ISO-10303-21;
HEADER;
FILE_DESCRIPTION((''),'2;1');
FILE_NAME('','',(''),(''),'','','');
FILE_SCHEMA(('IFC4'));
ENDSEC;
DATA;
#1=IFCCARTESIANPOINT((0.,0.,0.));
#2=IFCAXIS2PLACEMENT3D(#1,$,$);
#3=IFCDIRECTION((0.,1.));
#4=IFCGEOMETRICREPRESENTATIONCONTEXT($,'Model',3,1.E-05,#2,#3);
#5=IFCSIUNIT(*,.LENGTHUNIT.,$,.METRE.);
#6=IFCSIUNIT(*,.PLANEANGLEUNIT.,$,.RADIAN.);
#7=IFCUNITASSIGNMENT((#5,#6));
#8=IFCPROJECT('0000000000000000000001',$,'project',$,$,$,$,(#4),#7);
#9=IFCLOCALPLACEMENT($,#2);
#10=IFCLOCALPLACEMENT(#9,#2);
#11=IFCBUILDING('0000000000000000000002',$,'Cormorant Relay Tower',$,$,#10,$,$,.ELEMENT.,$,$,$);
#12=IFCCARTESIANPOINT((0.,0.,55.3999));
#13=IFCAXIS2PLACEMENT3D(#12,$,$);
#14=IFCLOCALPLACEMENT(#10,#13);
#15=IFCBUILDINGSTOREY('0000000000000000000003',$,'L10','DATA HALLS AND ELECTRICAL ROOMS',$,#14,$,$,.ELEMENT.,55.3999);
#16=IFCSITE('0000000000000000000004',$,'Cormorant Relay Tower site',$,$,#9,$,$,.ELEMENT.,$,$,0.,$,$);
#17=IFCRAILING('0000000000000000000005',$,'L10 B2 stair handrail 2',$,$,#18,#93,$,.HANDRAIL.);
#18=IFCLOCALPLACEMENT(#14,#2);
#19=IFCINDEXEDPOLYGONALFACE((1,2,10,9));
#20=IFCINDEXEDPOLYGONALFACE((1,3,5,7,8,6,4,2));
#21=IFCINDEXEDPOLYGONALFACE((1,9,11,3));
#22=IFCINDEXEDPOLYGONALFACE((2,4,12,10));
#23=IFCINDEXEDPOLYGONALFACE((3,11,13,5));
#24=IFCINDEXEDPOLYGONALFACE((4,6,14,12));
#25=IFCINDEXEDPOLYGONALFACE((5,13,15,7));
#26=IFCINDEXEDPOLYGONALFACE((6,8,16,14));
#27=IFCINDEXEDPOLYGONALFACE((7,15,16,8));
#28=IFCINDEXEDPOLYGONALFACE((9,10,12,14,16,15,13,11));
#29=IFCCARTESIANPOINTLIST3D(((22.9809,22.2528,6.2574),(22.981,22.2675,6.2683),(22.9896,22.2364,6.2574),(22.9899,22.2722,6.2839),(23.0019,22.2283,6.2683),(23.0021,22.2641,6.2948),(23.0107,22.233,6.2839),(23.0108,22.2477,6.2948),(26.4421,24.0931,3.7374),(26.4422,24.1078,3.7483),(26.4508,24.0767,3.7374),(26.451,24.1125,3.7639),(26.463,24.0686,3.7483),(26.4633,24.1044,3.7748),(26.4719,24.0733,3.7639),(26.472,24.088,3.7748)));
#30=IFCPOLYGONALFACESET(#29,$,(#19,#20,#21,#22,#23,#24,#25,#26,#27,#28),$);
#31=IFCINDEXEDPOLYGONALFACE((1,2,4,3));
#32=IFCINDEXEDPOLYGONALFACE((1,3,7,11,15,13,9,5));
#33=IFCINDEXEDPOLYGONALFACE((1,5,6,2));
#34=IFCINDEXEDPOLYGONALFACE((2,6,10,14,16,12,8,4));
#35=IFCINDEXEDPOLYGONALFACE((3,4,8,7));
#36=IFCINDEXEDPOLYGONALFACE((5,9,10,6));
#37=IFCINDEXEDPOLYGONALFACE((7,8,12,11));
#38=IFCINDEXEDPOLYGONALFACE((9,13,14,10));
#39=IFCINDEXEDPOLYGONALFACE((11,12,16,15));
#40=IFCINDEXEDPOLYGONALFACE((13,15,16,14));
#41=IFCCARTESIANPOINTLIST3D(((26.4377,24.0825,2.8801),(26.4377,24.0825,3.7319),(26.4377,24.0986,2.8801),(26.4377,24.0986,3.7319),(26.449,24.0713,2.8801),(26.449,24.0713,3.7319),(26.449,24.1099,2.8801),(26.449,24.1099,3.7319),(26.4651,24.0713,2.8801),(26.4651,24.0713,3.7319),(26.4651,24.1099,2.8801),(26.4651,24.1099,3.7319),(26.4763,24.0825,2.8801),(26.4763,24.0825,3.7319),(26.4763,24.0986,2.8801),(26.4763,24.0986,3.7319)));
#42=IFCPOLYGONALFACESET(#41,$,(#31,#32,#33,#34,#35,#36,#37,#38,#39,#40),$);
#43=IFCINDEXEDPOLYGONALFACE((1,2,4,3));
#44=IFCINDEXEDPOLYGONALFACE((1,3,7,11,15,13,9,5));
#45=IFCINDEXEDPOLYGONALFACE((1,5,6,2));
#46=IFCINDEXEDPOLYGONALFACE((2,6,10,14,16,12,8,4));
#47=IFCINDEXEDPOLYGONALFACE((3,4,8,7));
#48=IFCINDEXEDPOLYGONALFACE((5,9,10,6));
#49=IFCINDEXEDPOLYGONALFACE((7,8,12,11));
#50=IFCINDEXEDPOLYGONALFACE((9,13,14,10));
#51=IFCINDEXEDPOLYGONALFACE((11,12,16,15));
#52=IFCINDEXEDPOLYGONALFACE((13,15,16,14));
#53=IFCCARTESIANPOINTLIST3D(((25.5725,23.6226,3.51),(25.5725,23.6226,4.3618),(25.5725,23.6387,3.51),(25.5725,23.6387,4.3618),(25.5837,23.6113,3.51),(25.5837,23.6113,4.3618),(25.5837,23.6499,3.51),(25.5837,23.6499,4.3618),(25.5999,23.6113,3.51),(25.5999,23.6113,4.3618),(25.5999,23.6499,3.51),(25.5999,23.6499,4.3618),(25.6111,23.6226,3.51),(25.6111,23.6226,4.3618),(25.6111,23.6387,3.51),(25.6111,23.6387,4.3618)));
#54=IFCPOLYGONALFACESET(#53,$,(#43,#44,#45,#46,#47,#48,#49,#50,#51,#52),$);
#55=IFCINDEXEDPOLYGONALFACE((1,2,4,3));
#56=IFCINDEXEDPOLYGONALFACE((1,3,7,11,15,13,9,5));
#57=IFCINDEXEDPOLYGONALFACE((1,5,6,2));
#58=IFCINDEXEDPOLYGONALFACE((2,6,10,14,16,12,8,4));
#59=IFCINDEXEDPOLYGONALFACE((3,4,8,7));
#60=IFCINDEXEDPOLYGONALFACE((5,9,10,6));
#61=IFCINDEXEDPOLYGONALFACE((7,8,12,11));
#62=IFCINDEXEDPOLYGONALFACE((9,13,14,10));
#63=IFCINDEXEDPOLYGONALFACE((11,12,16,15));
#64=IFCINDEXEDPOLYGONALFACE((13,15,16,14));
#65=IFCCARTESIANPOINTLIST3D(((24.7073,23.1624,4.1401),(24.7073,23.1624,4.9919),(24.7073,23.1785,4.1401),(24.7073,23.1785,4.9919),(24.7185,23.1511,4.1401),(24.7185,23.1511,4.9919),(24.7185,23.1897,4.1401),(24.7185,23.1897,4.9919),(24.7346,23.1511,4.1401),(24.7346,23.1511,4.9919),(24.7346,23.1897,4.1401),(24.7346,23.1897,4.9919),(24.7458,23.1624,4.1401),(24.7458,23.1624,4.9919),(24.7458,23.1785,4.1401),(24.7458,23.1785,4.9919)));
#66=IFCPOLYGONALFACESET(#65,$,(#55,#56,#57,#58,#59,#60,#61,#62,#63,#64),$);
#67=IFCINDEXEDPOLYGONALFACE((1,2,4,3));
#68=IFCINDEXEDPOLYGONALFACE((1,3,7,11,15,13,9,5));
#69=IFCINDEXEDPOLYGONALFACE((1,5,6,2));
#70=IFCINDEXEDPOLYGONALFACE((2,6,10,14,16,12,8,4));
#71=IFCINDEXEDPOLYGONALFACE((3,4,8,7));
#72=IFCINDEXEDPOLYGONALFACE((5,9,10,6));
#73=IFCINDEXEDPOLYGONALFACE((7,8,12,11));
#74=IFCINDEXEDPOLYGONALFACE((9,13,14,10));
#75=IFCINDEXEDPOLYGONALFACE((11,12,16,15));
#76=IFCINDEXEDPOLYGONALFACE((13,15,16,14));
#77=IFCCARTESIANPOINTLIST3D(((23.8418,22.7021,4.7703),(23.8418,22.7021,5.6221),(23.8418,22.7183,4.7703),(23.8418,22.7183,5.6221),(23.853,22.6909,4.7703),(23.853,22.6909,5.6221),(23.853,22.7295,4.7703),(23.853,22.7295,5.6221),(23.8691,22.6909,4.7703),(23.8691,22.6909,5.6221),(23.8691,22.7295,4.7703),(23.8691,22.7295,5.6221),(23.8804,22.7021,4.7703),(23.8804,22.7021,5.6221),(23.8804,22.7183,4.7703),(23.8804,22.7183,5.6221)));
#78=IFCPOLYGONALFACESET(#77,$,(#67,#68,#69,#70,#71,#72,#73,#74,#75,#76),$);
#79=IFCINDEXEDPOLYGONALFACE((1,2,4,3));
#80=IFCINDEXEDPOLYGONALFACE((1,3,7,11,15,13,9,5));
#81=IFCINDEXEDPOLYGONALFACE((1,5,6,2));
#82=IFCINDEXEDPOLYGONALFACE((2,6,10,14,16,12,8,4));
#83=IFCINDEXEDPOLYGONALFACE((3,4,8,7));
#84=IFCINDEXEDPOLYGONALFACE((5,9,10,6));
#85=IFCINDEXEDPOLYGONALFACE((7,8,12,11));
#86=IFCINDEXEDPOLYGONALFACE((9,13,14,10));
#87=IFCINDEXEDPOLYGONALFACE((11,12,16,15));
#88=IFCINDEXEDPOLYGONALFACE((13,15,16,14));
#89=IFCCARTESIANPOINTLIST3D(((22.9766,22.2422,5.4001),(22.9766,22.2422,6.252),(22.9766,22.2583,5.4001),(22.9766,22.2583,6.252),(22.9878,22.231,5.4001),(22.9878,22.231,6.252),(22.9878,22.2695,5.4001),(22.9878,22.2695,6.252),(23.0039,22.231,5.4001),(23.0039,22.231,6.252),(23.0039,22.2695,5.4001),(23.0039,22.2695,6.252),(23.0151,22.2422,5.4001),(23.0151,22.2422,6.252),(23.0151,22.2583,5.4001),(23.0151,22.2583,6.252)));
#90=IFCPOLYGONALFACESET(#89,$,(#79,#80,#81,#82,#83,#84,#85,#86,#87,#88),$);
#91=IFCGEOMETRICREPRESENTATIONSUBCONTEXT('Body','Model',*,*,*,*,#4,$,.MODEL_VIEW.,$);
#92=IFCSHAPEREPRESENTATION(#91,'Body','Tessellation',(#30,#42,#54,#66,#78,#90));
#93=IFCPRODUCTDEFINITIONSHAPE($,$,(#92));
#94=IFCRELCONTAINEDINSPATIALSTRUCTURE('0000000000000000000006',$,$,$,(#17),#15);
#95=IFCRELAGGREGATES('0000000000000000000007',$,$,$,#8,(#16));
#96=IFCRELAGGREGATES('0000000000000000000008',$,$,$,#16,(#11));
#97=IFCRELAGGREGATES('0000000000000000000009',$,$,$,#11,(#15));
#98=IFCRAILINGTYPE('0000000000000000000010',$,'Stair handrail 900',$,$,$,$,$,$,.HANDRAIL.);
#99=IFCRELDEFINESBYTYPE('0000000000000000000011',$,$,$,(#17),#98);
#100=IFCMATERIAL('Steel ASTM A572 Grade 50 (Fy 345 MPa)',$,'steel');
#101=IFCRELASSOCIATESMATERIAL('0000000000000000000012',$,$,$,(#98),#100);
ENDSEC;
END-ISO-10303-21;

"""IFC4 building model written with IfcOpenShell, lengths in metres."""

from ifc_helpers import new_model, si_unit, direction, frame, origin, place, context, subcontext, project, spatial, polyline, outline, extrude, material, type_object, element, save


model = new_model("IFC4")

# Units and contexts
model_context = context("Model", 3, precision=1e-05, world=origin(), true_north=direction((0.0, 1.0)))
body_context = subcontext(model_context, "Body", "Model", "MODEL_VIEW")
ifc_project = project(units=[si_unit("LENGTHUNIT", "METRE"), si_unit("PLANEANGLEUNIT", "RADIAN")], contexts=[model_context])

# Site, building, storey
site_placement = place(None, origin())
site = spatial("IfcSite", under=ifc_project, at=site_placement, Name="Cormorant Relay Tower site", CompositionType="ELEMENT", RefElevation=0.0)
building_placement = place(site_placement, origin())
building = spatial("IfcBuilding", under=site, at=building_placement, Name="Cormorant Relay Tower", CompositionType="ELEMENT")
storey_placement = place(building_placement, frame((0.0, 0.0, 55.3999)))
storey = spatial("IfcBuildingStorey", under=building, at=storey_placement, Name="L10", Description="DATA HALLS AND ELECTRICAL ROOMS", CompositionType="ELEMENT", Elevation=55.3999)

# Railing
ifc_material_1 = material(Name="Steel ASTM A572 Grade 50 (Fy 345 MPa)", Category="steel")
railing_type_1 = type_object("IfcRailingType", Name="Stair handrail 900", PredefinedType="HANDRAIL", material=ifc_material_1)
railing_1_placement = place(storey_placement, frame((26.457, 24.0906, 2.8801)))
element("IfcRailing", 1, at=railing_1_placement, inside=storey, type_object=railing_type_1, Name="L10 B2 stair handrail 2", PredefinedType="HANDRAIL", context=body_context, shape_type="SweptSolid", body=[
    extrude(outline(polyline([(0.0222, 0.0093), (0.0093, 0.0222), (-0.0093, 0.0222), (-0.0222, 0.0093), (-0.0222, -0.0093), (-0.0093, -0.0222), (0.0093, -0.0222), (0.0222, -0.0093), (0.0222, 0.0093)])), frame((0.0, 0.0, 0.876), z_axis=(-0.742717, -0.394907, 0.540758), x_axis=(0.469469, -0.882949, 0.0)), (0.0, 0.0, 1.0), 4.6602),
    extrude(outline(polyline([(0.0193, 0.0081), (0.0081, 0.0193), (-0.0081, 0.0193), (-0.0193, 0.0081), (-0.0193, -0.0081), (-0.0081, -0.0193), (0.0081, -0.0193), (0.0193, -0.0081), (0.0193, 0.0081)])), origin(), (0.0, 0.0, 1.0), 0.8518),
    extrude(outline(polyline([(0.0193, 0.0081), (0.0081, 0.0193), (-0.0081, 0.0193), (-0.0193, 0.0081), (-0.0193, -0.0081), (-0.0081, -0.0193), (0.0081, -0.0193), (0.0193, -0.0081), (0.0193, 0.0081)])), frame((-0.8652, -0.46, 0.6299)), (0.0, 0.0, 1.0), 0.8518),
    extrude(outline(polyline([(0.0193, 0.0081), (0.0081, 0.0193), (-0.0081, 0.0193), (-0.0193, 0.0081), (-0.0193, -0.0081), (-0.0081, -0.0193), (0.0081, -0.0193), (0.0193, -0.0081), (0.0193, 0.0081)])), frame((-1.7305, -0.9202, 1.26)), (0.0, 0.0, 1.0), 0.8518),
    extrude(outline(polyline([(0.0193, 0.0081), (0.0081, 0.0193), (-0.0081, 0.0193), (-0.0193, 0.0081), (-0.0193, -0.0081), (-0.0081, -0.0193), (0.0081, -0.0193), (0.0193, -0.0081), (0.0193, 0.0081)])), frame((-2.5959, -1.3804, 1.8901)), (0.0, 0.0, 1.0), 0.8518),
    extrude(outline(polyline([(0.0193, 0.0081), (0.0081, 0.0193), (-0.0081, 0.0193), (-0.0193, 0.0081), (-0.0193, -0.0081), (-0.0081, -0.0193), (0.0081, -0.0193), (0.0193, -0.0081), (0.0193, 0.0081)])), frame((-3.4612, -1.8403, 2.52)), (0.0, 0.0, 1.0), 0.8518),
])

save(model, "model.ifc")
